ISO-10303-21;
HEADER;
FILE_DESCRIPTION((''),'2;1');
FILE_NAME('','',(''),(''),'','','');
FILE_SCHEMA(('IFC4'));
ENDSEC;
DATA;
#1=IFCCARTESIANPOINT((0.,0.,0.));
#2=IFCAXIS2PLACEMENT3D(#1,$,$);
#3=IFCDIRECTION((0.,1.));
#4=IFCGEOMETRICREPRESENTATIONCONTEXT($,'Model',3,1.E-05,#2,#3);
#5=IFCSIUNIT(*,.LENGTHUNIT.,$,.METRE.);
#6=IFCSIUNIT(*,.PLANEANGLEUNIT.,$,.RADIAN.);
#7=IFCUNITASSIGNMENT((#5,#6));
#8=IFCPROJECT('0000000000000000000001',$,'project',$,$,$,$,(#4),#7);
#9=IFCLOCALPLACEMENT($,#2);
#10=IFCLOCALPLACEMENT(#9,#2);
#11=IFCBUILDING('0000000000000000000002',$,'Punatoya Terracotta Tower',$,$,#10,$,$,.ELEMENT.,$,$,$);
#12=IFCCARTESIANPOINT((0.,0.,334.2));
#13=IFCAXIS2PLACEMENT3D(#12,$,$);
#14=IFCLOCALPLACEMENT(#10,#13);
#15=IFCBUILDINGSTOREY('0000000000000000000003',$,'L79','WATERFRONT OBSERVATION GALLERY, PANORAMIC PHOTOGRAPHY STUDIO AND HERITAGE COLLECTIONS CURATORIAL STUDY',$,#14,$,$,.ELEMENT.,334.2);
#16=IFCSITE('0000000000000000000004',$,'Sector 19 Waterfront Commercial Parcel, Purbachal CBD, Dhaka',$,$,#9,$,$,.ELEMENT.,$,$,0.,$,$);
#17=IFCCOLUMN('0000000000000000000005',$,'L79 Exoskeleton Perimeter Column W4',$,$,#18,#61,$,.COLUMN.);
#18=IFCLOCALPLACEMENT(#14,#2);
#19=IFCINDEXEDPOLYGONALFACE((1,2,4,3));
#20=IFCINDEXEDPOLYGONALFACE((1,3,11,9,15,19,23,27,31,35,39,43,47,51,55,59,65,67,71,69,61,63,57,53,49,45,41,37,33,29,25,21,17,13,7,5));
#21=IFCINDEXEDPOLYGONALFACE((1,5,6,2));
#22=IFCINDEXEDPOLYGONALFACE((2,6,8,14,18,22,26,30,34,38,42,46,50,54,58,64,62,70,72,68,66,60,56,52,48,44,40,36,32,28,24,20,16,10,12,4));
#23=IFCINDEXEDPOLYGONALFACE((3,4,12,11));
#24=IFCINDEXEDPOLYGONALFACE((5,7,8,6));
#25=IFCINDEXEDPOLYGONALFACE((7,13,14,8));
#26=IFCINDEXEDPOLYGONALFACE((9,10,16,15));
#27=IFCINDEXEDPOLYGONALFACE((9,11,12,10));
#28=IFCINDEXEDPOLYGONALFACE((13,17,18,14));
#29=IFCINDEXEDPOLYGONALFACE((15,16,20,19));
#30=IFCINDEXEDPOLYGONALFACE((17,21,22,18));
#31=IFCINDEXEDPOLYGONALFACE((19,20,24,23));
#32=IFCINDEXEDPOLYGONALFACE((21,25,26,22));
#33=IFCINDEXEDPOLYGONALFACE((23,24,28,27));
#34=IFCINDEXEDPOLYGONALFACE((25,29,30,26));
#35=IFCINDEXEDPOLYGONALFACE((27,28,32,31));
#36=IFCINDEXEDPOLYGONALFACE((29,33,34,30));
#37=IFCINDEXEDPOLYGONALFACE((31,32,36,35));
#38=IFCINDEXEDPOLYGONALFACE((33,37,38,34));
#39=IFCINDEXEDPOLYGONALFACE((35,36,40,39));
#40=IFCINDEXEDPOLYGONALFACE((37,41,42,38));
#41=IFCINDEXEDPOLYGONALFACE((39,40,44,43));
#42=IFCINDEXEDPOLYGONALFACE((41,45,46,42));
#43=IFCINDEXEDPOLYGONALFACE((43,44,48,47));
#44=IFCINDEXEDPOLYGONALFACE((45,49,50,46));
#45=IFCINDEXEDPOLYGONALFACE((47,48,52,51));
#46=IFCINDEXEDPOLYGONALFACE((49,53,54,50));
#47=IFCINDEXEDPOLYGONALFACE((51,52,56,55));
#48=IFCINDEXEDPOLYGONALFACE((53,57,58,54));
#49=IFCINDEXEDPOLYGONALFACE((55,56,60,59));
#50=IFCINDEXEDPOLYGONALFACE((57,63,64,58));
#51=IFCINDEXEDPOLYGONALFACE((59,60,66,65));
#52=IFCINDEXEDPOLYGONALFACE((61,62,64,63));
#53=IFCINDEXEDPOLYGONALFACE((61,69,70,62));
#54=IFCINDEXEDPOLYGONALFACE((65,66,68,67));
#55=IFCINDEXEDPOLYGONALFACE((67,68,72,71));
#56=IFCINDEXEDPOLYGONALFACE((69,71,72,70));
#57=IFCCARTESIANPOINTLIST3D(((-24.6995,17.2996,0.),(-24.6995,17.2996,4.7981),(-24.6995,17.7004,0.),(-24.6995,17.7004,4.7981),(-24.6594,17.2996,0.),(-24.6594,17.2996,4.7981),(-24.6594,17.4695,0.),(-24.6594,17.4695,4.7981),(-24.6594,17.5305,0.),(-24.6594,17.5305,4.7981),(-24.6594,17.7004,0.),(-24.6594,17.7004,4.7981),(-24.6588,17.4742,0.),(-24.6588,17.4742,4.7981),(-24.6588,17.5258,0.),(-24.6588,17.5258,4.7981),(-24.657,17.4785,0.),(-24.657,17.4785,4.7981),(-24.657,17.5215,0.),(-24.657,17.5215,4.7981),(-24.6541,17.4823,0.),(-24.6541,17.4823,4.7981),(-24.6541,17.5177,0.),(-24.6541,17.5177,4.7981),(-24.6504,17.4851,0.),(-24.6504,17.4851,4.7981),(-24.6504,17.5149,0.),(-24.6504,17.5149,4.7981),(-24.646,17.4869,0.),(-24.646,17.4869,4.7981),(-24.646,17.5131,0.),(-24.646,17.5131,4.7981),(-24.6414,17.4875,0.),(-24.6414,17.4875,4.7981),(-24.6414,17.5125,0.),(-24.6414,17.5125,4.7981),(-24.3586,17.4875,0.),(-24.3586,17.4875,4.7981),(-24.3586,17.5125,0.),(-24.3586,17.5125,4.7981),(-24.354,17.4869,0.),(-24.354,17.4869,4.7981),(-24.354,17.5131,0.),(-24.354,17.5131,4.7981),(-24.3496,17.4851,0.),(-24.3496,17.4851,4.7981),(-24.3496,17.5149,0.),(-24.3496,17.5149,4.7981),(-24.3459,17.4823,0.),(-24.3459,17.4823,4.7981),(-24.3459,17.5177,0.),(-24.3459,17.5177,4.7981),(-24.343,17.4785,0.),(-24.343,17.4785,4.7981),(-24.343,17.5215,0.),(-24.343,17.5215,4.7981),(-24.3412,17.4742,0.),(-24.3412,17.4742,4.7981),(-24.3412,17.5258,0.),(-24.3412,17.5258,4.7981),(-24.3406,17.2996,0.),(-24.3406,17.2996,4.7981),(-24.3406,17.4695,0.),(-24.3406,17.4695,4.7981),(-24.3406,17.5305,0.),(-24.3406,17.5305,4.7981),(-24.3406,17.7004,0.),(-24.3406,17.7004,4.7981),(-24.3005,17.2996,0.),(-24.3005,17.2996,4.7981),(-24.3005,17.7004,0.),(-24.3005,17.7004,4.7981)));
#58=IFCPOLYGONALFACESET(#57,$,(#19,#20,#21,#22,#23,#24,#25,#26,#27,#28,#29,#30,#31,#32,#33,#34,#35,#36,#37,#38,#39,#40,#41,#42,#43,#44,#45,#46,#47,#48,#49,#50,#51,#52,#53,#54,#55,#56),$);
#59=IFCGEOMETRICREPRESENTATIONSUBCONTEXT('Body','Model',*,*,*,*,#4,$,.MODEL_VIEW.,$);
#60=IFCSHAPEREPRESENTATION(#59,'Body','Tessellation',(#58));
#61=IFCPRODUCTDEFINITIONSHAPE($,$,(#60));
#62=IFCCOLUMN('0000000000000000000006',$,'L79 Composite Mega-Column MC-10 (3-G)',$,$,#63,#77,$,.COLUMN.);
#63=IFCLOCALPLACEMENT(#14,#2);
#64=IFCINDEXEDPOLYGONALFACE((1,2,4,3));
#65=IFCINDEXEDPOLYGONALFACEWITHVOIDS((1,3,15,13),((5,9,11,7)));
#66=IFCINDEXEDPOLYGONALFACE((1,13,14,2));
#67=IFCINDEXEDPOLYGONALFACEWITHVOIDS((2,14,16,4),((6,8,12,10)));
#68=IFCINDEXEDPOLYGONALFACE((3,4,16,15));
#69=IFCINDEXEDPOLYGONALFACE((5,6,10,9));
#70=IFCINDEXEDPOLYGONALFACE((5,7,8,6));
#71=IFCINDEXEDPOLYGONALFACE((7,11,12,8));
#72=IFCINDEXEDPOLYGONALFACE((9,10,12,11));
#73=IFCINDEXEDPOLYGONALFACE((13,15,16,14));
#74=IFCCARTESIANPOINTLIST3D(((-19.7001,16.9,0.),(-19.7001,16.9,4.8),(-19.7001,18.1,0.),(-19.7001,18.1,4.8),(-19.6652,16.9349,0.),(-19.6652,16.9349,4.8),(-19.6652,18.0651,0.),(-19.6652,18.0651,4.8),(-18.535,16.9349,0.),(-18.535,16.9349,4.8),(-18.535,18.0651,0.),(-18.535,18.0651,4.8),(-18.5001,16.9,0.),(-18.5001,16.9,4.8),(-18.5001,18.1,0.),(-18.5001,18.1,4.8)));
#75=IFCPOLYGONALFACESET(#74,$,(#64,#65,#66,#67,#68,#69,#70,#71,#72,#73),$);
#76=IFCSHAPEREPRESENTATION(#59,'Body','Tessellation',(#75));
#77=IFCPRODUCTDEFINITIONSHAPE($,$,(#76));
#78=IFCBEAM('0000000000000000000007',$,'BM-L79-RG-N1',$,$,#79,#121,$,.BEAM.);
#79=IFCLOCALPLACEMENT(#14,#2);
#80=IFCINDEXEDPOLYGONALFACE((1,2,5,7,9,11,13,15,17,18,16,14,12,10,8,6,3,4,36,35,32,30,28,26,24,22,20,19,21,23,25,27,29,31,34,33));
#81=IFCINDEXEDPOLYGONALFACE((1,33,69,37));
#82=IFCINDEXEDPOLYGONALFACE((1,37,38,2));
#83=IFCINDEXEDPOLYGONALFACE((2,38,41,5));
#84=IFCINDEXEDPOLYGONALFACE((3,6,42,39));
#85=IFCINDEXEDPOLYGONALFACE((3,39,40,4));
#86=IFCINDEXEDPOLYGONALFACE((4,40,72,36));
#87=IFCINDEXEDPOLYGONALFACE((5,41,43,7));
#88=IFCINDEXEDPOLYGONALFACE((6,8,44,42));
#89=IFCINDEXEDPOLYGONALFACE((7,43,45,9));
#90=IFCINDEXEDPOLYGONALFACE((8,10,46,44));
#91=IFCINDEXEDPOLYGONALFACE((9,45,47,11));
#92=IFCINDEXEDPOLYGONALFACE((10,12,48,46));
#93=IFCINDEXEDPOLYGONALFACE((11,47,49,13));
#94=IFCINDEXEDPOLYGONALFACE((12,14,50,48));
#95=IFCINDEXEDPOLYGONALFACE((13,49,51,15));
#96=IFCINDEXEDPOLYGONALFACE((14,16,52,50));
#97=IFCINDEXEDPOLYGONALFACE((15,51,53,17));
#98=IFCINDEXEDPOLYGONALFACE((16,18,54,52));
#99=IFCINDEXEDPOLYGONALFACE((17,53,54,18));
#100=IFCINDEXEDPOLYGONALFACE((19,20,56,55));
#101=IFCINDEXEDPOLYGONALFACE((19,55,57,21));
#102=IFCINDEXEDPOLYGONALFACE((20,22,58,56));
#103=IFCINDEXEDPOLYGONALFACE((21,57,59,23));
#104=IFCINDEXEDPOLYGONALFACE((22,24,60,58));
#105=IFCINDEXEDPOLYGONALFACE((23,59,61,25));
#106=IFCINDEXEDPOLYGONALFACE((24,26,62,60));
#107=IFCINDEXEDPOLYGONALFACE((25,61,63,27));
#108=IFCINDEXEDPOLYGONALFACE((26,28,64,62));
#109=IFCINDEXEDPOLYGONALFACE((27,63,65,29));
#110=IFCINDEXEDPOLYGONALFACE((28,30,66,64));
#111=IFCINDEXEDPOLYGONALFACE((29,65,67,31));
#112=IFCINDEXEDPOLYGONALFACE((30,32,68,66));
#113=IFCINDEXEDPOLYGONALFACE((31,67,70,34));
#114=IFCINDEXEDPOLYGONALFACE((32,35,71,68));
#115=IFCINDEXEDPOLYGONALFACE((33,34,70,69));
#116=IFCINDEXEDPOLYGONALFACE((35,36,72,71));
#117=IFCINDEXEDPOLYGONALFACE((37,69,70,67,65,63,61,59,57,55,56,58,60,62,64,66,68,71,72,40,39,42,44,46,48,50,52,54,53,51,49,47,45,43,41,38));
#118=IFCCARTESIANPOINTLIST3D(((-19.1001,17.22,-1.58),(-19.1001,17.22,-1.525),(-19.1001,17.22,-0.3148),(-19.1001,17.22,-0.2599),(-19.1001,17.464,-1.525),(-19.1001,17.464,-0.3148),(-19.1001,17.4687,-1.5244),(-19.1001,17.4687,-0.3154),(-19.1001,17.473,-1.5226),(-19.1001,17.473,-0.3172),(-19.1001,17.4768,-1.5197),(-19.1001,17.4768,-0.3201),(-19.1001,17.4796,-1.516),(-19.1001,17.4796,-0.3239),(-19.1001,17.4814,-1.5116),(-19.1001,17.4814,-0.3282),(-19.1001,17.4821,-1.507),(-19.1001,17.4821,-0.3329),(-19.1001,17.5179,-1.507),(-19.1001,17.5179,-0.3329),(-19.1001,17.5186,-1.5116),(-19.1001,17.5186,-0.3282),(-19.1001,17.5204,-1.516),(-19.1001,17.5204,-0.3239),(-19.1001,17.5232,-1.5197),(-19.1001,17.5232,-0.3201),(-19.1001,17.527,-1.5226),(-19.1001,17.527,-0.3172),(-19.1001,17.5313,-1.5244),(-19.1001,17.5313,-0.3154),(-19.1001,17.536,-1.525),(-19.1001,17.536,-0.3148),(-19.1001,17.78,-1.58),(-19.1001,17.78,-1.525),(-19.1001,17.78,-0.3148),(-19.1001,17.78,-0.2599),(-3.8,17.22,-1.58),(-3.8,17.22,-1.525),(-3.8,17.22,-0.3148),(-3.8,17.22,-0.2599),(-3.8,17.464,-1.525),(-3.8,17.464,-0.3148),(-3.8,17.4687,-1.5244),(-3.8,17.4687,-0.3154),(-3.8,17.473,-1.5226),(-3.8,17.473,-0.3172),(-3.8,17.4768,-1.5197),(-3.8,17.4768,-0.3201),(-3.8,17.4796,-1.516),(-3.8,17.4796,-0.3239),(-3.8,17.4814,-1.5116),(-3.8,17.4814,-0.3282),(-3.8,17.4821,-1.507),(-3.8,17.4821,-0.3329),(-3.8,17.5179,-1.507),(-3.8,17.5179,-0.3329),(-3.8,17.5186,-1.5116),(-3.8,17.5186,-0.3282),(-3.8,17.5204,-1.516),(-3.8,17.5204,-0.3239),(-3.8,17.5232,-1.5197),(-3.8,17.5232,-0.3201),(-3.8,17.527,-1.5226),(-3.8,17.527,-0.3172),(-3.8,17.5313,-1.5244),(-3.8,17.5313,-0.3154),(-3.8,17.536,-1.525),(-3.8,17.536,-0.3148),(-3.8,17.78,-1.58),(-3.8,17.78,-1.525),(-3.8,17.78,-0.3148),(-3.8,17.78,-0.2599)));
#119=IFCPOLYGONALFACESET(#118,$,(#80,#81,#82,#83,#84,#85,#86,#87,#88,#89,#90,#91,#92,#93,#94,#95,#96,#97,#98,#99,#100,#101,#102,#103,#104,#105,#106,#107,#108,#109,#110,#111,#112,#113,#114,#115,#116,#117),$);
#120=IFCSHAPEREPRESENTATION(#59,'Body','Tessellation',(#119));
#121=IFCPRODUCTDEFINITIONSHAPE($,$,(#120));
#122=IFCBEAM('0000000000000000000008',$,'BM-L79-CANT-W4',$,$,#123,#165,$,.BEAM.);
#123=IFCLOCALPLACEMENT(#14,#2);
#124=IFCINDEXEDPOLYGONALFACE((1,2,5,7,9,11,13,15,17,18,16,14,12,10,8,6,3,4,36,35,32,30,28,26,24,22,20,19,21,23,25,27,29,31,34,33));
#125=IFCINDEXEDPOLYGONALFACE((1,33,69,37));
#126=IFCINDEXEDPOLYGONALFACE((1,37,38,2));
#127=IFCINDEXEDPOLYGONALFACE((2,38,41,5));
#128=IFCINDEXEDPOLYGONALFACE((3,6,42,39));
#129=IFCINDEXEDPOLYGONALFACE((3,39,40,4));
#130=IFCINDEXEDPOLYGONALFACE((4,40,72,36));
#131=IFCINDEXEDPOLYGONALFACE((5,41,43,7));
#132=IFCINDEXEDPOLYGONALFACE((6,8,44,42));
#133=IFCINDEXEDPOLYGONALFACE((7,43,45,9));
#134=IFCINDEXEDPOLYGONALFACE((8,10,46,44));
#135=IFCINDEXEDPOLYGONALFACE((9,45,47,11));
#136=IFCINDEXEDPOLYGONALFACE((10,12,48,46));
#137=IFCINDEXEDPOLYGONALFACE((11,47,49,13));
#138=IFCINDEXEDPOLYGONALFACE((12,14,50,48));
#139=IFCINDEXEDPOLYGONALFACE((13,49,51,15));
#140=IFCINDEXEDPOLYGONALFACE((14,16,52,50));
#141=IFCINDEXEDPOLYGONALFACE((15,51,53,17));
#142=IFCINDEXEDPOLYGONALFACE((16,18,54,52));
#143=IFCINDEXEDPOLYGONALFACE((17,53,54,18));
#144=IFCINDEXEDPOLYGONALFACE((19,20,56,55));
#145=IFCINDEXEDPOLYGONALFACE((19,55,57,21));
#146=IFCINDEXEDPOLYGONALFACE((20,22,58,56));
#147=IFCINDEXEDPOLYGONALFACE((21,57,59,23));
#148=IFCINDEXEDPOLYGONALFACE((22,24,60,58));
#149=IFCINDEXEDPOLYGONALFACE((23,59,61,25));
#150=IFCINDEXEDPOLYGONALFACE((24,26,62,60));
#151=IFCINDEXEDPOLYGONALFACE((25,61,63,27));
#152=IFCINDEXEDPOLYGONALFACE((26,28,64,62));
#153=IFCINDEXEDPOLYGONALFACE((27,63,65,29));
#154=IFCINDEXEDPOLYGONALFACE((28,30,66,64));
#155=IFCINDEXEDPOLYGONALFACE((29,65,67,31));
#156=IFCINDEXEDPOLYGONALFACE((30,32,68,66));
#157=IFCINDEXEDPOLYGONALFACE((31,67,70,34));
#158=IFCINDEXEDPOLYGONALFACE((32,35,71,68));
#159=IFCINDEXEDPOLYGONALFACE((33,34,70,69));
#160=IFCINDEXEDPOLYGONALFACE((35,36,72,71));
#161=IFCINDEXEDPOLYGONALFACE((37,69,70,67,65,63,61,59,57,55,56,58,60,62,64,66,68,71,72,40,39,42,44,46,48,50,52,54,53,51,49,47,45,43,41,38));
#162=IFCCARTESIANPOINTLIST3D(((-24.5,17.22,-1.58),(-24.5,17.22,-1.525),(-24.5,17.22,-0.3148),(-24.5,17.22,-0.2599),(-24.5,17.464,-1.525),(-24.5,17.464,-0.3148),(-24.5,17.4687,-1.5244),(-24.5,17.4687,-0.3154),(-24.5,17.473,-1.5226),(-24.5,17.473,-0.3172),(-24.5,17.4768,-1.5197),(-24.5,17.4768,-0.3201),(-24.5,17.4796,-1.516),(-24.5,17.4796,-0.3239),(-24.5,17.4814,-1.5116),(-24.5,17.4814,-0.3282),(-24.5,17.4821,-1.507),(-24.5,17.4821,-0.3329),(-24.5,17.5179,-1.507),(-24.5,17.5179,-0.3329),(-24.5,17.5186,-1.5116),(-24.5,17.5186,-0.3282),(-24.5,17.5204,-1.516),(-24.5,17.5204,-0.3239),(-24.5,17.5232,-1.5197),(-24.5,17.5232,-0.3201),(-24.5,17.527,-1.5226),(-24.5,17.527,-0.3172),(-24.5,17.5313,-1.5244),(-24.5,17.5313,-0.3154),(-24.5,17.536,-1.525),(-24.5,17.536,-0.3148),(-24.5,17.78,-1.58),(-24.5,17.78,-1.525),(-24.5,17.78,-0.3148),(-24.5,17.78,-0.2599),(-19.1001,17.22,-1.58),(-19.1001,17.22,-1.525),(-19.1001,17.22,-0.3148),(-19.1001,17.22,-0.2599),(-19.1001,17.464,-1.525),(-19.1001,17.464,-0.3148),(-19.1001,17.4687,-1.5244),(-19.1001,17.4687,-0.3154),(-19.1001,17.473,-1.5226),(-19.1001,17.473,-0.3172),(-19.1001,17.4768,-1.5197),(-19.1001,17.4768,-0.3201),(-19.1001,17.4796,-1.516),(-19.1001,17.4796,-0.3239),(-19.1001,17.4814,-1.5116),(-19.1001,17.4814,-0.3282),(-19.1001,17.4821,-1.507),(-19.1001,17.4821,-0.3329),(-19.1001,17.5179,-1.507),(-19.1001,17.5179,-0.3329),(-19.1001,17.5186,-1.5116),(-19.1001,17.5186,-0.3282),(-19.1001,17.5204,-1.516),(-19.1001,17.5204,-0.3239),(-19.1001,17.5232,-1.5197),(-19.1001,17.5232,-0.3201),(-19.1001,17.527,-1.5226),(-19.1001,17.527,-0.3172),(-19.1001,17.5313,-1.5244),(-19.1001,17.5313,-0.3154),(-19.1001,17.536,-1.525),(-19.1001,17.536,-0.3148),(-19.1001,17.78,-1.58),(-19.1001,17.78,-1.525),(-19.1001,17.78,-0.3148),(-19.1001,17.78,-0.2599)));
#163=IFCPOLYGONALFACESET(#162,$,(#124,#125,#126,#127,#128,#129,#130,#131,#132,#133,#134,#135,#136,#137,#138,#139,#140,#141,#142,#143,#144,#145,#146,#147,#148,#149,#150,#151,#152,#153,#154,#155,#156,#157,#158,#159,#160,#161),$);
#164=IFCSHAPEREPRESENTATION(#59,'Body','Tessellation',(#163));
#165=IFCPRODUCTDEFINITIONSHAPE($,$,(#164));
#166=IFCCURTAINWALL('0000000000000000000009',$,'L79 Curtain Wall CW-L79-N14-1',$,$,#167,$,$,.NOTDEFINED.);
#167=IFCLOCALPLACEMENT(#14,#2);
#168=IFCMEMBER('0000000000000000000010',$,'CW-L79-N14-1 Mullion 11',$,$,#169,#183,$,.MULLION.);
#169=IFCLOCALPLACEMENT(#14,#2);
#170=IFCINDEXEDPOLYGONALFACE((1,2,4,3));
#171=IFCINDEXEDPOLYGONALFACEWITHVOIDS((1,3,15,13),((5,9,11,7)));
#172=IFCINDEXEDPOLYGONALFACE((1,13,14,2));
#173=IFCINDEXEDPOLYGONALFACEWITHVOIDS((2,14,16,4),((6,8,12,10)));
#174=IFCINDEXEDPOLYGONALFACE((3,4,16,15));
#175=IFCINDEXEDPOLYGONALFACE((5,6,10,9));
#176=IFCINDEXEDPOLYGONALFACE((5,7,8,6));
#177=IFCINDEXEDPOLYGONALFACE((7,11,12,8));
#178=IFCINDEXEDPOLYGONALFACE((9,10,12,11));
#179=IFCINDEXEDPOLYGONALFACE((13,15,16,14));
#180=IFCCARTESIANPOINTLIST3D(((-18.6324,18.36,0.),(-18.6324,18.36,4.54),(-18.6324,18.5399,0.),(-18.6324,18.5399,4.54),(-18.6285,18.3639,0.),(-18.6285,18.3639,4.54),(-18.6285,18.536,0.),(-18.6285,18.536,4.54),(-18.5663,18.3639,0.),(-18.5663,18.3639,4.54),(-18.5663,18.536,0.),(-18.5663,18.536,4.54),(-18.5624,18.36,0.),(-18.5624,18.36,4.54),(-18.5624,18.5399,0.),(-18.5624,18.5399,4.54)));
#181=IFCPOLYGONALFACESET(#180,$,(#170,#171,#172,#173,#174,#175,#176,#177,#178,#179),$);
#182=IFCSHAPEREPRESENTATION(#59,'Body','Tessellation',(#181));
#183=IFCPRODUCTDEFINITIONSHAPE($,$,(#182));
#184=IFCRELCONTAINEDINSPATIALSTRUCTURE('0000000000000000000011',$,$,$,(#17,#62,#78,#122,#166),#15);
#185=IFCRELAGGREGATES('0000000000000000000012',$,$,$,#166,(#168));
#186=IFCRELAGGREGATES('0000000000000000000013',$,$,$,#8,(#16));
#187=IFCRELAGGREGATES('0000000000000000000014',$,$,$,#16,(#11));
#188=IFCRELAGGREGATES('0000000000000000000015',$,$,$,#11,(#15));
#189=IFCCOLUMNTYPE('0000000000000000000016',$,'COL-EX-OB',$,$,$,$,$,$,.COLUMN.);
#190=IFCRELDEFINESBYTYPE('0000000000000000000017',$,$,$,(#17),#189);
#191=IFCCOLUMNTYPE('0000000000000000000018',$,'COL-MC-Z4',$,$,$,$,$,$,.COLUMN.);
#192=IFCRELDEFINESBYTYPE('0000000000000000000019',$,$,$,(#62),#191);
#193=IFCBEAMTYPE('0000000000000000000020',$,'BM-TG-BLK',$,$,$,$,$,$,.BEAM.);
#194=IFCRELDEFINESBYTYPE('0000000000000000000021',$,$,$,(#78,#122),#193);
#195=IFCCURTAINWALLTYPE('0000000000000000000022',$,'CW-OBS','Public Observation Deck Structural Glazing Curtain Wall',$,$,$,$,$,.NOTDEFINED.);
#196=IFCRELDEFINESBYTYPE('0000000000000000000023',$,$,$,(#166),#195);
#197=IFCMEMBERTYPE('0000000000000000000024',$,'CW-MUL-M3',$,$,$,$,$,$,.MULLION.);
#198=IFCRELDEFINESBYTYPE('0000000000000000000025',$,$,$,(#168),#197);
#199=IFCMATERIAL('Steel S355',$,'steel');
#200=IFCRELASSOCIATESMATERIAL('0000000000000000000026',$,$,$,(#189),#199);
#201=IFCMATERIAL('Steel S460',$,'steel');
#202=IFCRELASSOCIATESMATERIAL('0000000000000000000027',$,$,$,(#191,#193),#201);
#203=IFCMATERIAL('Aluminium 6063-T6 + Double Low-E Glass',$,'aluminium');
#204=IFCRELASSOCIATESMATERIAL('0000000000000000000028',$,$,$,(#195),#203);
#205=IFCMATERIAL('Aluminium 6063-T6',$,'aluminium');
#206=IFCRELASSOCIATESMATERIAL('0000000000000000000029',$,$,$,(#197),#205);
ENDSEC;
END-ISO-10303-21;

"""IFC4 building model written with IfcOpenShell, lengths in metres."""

from ifc_helpers import new_model, si_unit, direction, frame, origin, origin_2d, place, context, subcontext, project, spatial, hollow_rectangle, i_section, extrude, material, material_profile, profile_set, type_object, element, aggregate, save


model = new_model("IFC4")

# Units and contexts
model_context = context("Model", 3, precision=1e-05, world=origin(), true_north=direction((0.0, 1.0)))
body_context = subcontext(model_context, "Body", "Model", "MODEL_VIEW")
ifc_project = project(units=[si_unit("LENGTHUNIT", "METRE"), si_unit("PLANEANGLEUNIT", "RADIAN")], contexts=[model_context])

# Site, building, storey
site_placement = place(None, origin())
site = spatial("IfcSite", under=ifc_project, at=site_placement, Name="Sector 19 Waterfront Commercial Parcel, Purbachal CBD, Dhaka", CompositionType="ELEMENT", RefElevation=0.0)
building_placement = place(site_placement, origin())
building = spatial("IfcBuilding", under=site, at=building_placement, Name="Punatoya Terracotta Tower", CompositionType="ELEMENT")
storey_placement = place(building_placement, frame((0.0, 0.0, 334.2)))
storey = spatial("IfcBuildingStorey", under=building, at=storey_placement, Name="L79", Description="WATERFRONT OBSERVATION GALLERY, PANORAMIC PHOTOGRAPHY STUDIO AND HERITAGE COLLECTIONS CURATORIAL STUDY", CompositionType="ELEMENT", Elevation=334.2)

# Columns
ifc_material_1 = material(Name="Steel S355", Category="steel")
ifc_material_profile_1 = material_profile(ifc_material_1, i_section(OverallWidth=0.4009, OverallDepth=0.3989, WebThickness=0.0249, FlangeThickness=0.04, FilletRadius=0.0181, at=origin_2d()))
ifc_profile_set_1 = profile_set([ifc_material_profile_1], Name="Steel S355")
column_type_1 = type_object("IfcColumnType", Name="COL-EX-OB", PredefinedType="COLUMN", material=ifc_profile_set_1)
column_1_placement = place(storey_placement, frame((-24.5, 17.5, 0.0), z_axis=(0.0, 0.0, 1.0), x_axis=(0.0, 1.0, 0.0)))
element("IfcColumn", 1, at=column_1_placement, inside=storey, type_object=column_type_1, Name="L79 Exoskeleton Perimeter Column W4", PredefinedType="COLUMN", context=body_context, shape_type="SweptSolid", body=[
    extrude(i_section(OverallWidth=0.4009, OverallDepth=0.3989, WebThickness=0.0249, FlangeThickness=0.04, FilletRadius=0.0181, at=origin_2d()), origin(), (0.0, 0.0, 1.0), 4.7981),
])
ifc_material_2 = material(Name="Steel S460", Category="steel")
ifc_material_profile_2 = material_profile(ifc_material_2, hollow_rectangle(XDim=1.2, YDim=1.2, WallThickness=0.0349, at=origin_2d()))
ifc_profile_set_2 = profile_set([ifc_material_profile_2], Name="Steel S460")
column_type_2 = type_object("IfcColumnType", Name="COL-MC-Z4", PredefinedType="COLUMN", material=ifc_profile_set_2)
column_2_placement = place(storey_placement, frame((-19.1001, 17.5, 0.0), z_axis=(0.0, 0.0, 1.0), x_axis=(1.0, 0.0, 0.0)))
element("IfcColumn", 2, at=column_2_placement, inside=storey, type_object=column_type_2, Name="L79 Composite Mega-Column MC-10 (3-G)", PredefinedType="COLUMN", context=body_context, shape_type="SweptSolid", body=[
    extrude(hollow_rectangle(XDim=1.2, YDim=1.2, WallThickness=0.0349, at=origin_2d()), origin(), (0.0, 0.0, 1.0), 4.8),
])

# Beams
ifc_material_profile_3 = material_profile(ifc_material_2, i_section(OverallWidth=0.5601, OverallDepth=1.3201, WebThickness=0.0359, FlangeThickness=0.0549, FilletRadius=0.0181, at=origin_2d()))
ifc_profile_set_3 = profile_set([ifc_material_profile_3], Name="Steel S460")
beam_type = type_object("IfcBeamType", Name="BM-TG-BLK", PredefinedType="BEAM", material=ifc_profile_set_3)
beam_1_placement = place(storey_placement, frame((-19.1001, 17.5, -0.9199), z_axis=(1.0, 0.0, 0.0), x_axis=(0.0, 1.0, 0.0)))
element("IfcBeam", 3, at=beam_1_placement, inside=storey, type_object=beam_type, Name="BM-L79-RG-N1", PredefinedType="BEAM", context=body_context, shape_type="SweptSolid", body=[
    extrude(i_section(OverallWidth=0.5601, OverallDepth=1.3201, WebThickness=0.0359, FlangeThickness=0.0549, FilletRadius=0.0181, at=origin_2d()), origin(), (0.0, 0.0, 1.0), 15.3),
])
beam_2_placement = place(storey_placement, frame((-24.5, 17.5, -0.9199), z_axis=(1.0, 0.0, 0.0), x_axis=(0.0, 1.0, 0.0)))
element("IfcBeam", 4, at=beam_2_placement, inside=storey, type_object=beam_type, Name="BM-L79-CANT-W4", PredefinedType="BEAM", context=body_context, shape_type="SweptSolid", body=[
    extrude(i_section(OverallWidth=0.5601, OverallDepth=1.3201, WebThickness=0.0359, FlangeThickness=0.0549, FilletRadius=0.0181, at=origin_2d()), origin(), (0.0, 0.0, 1.0), 5.3999),
])

# Curtain wall, member
ifc_material_3 = material(Name="Aluminium 6063-T6 + Double Low-E Glass", Category="aluminium")
curtain_wall_type = type_object("IfcCurtainWallType", Name="CW-OBS", Description="Public Observation Deck Structural Glazing Curtain Wall", PredefinedType="NOTDEFINED", material=ifc_material_3)
curtain_wall_1_placement = place(storey_placement, origin())
curtain_wall_1 = element("IfcCurtainWall", 5, at=curtain_wall_1_placement, inside=storey, type_object=curtain_wall_type, Name="L79 Curtain Wall CW-L79-N14-1", PredefinedType="NOTDEFINED")
ifc_material_4 = material(Name="Aluminium 6063-T6", Category="aluminium")
ifc_material_profile_4 = material_profile(ifc_material_4, hollow_rectangle(XDim=0.0701, YDim=0.1799, WallThickness=0.0039, at=origin_2d()))
ifc_profile_set_4 = profile_set([ifc_material_profile_4], Name="Aluminium 6063-T6")
member_type_1 = type_object("IfcMemberType", Name="CW-MUL-M3", PredefinedType="MULLION", material=ifc_profile_set_4)
member_1_placement = place(storey_placement, frame((-18.5974, 18.45, 0.0), z_axis=(0.0, 0.0, 1.0), x_axis=(1.0, 0.0, 0.0)))
member_1 = element("IfcMember", 6, at=member_1_placement, type_object=member_type_1, Name="CW-L79-N14-1 Mullion 11", PredefinedType="MULLION", context=body_context, shape_type="SweptSolid", body=[
    extrude(hollow_rectangle(XDim=0.0701, YDim=0.1799, WallThickness=0.0039, at=origin_2d()), origin(), (0.0, 0.0, 1.0), 4.54),
])

aggregate(curtain_wall_1, [member_1])

save(model, "model.ifc")
